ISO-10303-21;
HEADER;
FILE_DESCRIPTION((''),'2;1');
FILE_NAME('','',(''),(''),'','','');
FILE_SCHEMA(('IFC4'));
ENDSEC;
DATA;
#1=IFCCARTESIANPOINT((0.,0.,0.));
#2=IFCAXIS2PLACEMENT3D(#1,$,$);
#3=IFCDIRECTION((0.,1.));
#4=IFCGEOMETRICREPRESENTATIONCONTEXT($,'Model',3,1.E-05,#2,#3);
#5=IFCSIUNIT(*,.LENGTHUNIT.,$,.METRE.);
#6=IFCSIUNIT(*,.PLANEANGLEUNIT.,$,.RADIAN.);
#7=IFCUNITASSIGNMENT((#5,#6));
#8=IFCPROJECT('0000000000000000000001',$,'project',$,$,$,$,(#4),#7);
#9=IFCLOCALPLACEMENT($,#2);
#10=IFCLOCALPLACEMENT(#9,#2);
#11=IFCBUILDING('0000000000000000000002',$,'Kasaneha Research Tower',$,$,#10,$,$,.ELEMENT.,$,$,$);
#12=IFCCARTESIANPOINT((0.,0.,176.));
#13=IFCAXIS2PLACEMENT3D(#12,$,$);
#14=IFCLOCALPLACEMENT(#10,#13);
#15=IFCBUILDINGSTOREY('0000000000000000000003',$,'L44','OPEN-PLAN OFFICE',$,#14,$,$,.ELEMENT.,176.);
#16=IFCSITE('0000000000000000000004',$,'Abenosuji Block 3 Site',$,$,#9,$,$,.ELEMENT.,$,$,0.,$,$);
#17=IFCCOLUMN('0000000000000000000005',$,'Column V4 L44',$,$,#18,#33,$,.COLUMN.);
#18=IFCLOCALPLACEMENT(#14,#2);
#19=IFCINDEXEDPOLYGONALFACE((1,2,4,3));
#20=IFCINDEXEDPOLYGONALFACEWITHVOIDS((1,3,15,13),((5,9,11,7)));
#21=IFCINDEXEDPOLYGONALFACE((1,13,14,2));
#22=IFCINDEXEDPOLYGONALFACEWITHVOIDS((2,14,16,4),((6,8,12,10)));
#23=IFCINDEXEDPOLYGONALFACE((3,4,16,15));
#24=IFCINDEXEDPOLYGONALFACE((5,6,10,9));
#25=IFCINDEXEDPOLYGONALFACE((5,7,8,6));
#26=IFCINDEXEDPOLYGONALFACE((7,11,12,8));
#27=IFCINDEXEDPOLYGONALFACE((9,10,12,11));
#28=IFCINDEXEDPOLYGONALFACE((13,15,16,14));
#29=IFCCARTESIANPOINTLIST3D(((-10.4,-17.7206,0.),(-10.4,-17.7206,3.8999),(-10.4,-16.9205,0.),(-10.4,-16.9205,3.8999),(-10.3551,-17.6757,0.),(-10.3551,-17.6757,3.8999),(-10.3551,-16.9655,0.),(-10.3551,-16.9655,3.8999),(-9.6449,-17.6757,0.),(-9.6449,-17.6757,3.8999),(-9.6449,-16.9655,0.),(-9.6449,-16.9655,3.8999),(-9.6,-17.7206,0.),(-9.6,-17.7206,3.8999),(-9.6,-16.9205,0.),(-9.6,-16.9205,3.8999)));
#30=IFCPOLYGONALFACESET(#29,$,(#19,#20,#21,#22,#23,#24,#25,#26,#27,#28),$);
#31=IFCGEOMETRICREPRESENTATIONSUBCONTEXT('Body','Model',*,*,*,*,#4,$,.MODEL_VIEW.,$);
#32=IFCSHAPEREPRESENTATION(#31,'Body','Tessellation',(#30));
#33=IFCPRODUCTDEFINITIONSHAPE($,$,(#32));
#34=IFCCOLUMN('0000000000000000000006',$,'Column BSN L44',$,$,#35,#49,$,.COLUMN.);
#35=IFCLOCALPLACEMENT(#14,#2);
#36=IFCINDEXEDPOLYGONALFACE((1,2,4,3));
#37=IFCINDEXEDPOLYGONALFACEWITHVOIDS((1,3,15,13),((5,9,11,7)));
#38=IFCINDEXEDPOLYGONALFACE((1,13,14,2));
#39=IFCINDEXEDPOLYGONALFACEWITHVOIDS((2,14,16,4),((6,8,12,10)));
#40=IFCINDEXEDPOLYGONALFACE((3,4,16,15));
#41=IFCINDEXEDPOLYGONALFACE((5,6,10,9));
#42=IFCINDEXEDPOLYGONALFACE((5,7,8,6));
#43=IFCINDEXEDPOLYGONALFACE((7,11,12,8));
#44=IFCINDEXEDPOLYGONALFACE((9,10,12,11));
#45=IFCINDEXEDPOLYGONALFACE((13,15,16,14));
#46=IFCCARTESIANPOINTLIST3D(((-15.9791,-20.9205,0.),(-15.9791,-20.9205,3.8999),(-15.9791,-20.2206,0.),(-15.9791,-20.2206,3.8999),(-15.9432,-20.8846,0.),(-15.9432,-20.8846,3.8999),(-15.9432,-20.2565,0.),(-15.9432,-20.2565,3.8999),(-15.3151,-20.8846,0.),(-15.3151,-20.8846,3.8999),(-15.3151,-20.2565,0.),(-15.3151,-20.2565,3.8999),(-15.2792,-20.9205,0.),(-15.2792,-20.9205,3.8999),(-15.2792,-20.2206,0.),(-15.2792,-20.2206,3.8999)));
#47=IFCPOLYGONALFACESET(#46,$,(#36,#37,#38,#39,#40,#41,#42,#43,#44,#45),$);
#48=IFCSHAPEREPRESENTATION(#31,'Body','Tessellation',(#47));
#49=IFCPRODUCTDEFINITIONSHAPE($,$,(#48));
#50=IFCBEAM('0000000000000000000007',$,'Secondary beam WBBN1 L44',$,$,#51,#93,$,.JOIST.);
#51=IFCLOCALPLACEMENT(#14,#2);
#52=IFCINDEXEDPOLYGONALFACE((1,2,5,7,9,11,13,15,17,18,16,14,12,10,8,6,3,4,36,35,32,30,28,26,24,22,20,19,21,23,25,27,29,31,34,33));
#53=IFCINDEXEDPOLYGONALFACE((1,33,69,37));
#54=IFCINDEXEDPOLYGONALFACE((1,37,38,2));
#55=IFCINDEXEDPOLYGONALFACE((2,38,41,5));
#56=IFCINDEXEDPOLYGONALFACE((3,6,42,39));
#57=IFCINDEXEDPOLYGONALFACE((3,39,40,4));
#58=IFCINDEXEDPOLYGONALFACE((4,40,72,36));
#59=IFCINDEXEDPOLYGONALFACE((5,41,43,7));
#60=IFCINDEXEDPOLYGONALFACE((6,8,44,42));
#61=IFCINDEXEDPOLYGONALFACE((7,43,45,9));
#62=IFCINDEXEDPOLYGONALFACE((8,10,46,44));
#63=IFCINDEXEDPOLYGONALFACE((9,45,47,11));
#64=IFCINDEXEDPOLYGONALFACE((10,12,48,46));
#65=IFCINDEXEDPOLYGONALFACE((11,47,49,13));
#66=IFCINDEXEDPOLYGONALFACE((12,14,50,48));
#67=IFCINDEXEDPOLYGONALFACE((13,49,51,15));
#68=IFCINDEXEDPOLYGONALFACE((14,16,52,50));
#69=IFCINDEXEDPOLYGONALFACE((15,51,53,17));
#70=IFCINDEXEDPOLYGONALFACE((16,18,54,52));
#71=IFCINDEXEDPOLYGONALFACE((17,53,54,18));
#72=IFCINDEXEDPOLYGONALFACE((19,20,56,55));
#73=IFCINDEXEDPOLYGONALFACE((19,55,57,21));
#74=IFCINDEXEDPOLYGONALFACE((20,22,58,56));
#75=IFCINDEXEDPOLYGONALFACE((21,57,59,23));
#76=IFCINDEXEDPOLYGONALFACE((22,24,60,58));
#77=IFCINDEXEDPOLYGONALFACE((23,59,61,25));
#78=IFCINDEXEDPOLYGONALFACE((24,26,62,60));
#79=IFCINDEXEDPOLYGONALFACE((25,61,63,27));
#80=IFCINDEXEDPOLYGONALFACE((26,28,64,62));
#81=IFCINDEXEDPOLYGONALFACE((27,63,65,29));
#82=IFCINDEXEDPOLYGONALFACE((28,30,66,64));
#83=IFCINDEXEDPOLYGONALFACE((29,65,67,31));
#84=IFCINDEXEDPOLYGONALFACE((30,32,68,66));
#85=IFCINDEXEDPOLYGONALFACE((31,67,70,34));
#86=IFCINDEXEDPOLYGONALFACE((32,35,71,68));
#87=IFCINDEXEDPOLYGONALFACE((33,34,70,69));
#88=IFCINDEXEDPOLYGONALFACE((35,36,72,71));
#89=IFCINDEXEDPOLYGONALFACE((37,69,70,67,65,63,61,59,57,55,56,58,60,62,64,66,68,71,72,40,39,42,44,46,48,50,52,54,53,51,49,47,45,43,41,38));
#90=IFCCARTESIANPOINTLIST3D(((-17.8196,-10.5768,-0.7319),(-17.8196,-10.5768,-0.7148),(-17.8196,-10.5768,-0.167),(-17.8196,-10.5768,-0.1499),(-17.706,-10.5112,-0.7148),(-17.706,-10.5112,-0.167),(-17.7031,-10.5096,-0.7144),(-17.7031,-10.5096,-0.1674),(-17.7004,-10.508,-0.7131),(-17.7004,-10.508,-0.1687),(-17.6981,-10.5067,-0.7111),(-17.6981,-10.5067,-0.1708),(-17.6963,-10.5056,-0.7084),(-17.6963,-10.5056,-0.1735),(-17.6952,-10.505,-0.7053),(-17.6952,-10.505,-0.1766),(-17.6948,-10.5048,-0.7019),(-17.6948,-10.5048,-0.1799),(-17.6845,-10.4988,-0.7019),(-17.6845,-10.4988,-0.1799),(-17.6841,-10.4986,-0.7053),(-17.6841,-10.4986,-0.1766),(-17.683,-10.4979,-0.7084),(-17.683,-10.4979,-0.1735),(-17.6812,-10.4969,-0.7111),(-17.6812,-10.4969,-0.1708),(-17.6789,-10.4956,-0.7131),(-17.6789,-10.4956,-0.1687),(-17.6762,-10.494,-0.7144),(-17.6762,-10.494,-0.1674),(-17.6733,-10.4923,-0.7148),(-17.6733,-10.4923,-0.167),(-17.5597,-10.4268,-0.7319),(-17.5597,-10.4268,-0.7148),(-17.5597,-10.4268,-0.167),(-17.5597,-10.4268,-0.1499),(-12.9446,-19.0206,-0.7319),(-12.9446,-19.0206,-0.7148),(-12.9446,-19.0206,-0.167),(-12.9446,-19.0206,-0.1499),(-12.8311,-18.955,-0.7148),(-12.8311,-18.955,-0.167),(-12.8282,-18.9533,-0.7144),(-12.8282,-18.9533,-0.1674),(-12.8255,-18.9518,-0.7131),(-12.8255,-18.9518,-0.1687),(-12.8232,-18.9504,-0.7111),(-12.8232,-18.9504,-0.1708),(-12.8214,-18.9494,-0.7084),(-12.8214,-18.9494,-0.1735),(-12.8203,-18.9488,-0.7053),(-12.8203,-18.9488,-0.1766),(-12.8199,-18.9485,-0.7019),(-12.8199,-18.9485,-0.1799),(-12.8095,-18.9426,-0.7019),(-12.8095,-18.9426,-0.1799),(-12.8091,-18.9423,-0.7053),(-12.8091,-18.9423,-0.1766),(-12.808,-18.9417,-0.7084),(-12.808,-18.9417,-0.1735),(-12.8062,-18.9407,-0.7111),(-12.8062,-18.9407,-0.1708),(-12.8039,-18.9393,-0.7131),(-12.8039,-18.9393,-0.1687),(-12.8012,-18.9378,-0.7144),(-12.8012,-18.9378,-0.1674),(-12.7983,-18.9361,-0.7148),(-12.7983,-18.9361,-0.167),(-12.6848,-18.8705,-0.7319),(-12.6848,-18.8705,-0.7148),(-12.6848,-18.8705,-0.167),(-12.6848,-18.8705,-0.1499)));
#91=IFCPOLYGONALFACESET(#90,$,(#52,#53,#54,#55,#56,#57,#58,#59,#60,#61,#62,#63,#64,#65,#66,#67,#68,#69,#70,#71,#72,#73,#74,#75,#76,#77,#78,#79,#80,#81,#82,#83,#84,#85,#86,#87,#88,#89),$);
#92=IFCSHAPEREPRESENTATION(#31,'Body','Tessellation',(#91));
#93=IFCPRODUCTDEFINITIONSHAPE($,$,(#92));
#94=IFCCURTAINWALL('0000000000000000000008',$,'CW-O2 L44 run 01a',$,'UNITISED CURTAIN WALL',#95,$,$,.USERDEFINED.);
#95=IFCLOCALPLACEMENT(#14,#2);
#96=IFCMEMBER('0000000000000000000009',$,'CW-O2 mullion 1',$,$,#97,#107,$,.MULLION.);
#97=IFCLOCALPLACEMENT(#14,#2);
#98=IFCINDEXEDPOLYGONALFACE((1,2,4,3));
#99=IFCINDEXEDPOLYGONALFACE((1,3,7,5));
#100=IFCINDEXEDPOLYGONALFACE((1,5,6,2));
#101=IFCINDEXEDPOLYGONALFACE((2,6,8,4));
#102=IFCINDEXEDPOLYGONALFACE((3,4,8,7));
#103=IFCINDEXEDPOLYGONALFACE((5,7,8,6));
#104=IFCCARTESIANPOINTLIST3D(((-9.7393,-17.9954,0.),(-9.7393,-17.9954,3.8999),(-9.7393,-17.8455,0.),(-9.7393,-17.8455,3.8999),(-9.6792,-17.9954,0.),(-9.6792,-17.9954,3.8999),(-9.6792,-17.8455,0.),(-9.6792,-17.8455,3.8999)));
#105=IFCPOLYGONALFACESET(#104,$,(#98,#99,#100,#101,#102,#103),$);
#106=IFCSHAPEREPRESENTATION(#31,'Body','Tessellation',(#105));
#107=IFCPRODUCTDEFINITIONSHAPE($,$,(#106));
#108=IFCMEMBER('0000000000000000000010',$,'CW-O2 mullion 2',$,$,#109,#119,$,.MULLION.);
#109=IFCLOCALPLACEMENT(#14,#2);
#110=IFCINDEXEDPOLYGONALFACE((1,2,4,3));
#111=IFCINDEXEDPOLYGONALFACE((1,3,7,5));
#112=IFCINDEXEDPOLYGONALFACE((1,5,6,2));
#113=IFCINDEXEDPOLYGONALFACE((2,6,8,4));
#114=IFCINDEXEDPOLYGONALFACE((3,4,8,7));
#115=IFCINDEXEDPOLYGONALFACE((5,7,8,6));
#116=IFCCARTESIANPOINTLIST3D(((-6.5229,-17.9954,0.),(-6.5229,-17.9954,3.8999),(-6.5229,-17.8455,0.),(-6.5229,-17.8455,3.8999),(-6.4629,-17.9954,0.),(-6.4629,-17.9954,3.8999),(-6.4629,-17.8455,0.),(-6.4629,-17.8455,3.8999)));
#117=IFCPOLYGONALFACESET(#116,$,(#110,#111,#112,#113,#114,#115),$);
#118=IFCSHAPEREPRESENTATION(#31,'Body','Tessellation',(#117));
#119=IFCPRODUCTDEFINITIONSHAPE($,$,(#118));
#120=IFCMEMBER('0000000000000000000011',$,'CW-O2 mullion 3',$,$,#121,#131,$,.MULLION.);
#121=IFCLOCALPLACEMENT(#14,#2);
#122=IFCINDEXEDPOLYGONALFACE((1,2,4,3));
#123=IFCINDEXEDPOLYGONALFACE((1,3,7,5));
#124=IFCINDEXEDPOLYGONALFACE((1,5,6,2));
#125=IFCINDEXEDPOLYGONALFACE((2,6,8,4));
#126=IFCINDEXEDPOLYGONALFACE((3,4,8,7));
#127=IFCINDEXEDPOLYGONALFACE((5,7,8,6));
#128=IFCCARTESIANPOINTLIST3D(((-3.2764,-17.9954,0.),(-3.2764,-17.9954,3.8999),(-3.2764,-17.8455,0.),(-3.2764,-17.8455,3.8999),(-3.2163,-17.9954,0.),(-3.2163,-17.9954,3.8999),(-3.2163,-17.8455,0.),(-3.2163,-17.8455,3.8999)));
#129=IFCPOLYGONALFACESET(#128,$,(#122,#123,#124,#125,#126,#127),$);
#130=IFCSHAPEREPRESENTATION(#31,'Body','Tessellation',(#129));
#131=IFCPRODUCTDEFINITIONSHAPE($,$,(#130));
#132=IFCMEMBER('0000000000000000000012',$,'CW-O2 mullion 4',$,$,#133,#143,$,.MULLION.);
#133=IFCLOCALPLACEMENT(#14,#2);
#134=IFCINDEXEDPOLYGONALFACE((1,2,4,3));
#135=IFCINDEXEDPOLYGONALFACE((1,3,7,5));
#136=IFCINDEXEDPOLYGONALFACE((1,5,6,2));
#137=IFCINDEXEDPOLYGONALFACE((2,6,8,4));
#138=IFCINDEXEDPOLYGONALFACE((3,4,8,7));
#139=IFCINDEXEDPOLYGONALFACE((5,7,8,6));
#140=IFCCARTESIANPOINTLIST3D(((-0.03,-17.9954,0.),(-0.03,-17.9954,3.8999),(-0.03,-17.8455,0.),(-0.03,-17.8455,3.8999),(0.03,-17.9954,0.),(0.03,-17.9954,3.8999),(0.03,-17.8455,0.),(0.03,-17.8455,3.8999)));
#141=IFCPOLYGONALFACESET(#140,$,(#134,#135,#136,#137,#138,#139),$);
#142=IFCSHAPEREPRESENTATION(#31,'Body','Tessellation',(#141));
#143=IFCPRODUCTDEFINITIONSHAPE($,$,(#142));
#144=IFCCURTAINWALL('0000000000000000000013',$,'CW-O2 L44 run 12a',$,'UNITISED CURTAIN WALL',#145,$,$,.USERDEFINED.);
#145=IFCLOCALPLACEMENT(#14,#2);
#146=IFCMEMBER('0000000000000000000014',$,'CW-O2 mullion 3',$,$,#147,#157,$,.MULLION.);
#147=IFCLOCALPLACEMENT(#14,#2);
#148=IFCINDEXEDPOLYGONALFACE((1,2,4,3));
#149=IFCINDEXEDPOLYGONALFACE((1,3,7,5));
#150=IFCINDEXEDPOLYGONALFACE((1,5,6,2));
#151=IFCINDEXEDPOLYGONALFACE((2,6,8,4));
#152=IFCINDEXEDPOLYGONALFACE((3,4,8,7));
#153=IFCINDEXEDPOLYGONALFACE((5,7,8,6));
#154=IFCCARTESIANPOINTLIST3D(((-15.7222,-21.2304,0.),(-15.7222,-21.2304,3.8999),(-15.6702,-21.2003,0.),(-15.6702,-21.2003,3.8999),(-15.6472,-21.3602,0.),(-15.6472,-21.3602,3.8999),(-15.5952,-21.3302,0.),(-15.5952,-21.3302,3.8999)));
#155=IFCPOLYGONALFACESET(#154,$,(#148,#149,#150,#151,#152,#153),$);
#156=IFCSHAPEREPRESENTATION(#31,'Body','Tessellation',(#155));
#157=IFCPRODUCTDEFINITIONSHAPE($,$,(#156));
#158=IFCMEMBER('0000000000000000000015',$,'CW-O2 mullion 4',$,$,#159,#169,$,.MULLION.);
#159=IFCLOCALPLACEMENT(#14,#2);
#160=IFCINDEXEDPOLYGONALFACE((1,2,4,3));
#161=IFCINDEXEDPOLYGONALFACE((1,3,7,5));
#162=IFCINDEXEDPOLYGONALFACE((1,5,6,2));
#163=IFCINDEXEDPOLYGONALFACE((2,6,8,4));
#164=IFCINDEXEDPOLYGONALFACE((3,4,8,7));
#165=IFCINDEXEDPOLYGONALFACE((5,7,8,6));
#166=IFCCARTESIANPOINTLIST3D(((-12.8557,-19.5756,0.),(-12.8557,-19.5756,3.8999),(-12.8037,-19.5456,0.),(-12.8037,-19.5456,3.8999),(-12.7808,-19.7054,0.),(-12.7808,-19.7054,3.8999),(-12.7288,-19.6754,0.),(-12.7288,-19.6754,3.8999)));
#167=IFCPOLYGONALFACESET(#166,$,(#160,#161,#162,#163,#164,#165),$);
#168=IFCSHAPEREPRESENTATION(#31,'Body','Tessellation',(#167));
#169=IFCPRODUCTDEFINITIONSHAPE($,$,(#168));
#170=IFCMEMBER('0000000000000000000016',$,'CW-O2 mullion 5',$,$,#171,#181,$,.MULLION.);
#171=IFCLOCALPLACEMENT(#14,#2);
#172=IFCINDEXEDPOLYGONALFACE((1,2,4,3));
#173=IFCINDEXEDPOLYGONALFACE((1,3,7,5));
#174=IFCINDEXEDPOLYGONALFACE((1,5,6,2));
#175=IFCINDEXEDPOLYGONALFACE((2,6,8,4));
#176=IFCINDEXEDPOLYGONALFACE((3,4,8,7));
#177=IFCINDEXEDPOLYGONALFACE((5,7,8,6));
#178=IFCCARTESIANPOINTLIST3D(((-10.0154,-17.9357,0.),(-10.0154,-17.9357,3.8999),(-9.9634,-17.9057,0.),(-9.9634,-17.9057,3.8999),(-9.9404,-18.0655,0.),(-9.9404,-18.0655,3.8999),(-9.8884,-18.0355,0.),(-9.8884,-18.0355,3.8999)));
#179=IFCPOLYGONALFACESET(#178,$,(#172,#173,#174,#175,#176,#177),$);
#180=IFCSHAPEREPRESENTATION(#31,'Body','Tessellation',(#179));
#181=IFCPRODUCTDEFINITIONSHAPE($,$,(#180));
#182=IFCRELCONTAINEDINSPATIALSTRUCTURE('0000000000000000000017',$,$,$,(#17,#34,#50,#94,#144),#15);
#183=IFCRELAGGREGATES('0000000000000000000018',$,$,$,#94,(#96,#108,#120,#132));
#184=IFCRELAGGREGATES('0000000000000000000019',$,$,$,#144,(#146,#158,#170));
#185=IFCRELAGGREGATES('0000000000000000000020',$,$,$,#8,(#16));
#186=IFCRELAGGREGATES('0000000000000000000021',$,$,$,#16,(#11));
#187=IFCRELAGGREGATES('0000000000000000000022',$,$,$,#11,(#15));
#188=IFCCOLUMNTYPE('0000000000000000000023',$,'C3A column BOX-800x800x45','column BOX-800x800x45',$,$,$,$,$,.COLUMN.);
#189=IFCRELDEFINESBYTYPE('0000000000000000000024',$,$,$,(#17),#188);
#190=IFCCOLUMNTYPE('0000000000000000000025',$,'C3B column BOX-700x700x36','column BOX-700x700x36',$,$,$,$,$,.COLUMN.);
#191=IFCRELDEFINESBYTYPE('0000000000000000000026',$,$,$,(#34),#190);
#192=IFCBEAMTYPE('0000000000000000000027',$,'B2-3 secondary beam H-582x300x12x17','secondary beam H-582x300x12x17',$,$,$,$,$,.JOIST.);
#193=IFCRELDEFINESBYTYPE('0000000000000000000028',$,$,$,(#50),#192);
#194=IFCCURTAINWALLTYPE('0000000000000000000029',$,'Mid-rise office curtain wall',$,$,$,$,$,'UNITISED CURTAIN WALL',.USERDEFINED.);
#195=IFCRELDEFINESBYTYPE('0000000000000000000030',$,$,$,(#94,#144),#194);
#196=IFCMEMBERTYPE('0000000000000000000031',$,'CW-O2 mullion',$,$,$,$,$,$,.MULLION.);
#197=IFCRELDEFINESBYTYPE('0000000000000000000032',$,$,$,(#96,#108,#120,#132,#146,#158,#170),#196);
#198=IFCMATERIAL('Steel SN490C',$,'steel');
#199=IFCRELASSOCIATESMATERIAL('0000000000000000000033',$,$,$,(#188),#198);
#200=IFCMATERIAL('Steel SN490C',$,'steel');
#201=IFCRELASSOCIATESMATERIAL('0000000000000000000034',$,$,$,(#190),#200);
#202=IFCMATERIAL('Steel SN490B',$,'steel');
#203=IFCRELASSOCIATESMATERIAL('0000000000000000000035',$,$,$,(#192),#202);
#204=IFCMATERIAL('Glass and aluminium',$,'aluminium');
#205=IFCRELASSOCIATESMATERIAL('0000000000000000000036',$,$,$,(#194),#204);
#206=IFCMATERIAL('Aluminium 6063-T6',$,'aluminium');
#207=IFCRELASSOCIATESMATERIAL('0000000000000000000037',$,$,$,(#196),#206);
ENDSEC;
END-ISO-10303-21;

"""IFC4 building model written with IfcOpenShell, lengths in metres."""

from ifc_helpers import new_model, si_unit, direction, frame, origin, origin_2d, place, context, subcontext, project, spatial, rectangle, hollow_rectangle, i_section, extrude, material, material_profile, profile_set, type_object, element, aggregate, save


model = new_model("IFC4")

# Units and contexts
model_context = context("Model", 3, precision=1e-05, world=origin(), true_north=direction((0.0, 1.0)))
body_context = subcontext(model_context, "Body", "Model", "MODEL_VIEW")
ifc_project = project(units=[si_unit("LENGTHUNIT", "METRE"), si_unit("PLANEANGLEUNIT", "RADIAN")], contexts=[model_context])

# Site, building, storey
site_placement = place(None, origin())
site = spatial("IfcSite", under=ifc_project, at=site_placement, Name="Abenosuji Block 3 Site", CompositionType="ELEMENT", RefElevation=0.0)
building_placement = place(site_placement, origin())
building = spatial("IfcBuilding", under=site, at=building_placement, Name="Kasaneha Research Tower", CompositionType="ELEMENT")
storey_placement = place(building_placement, frame((0.0, 0.0, 176.0)))
storey = spatial("IfcBuildingStorey", under=building, at=storey_placement, Name="L44", Description="OPEN-PLAN OFFICE", CompositionType="ELEMENT", Elevation=176.0)

# Columns
ifc_material_1 = material(Name="Steel SN490C", Category="steel")
ifc_material_profile_1 = material_profile(ifc_material_1, hollow_rectangle(XDim=0.8, YDim=0.8, WallThickness=0.0449, at=origin_2d()), Name="BOX-800x800x45")
ifc_profile_set_1 = profile_set([ifc_material_profile_1], Name="Steel SN490C")
column_type_1 = type_object("IfcColumnType", Name="C3A column BOX-800x800x45", Description="column BOX-800x800x45", PredefinedType="COLUMN", material=ifc_profile_set_1)
column_1_placement = place(storey_placement, frame((-10.0, -17.3206, 0.0), z_axis=(0.0, 0.0, 1.0), x_axis=(1.0, 0.0, 0.0)))
element("IfcColumn", 1, at=column_1_placement, inside=storey, type_object=column_type_1, Name="Column V4 L44", PredefinedType="COLUMN", context=body_context, shape_type="SweptSolid", body=[
    extrude(hollow_rectangle(XDim=0.8, YDim=0.8, WallThickness=0.0449, at=origin_2d()), origin(), (0.0, 0.0, 1.0), 3.8999),
])
ifc_material_2 = material(Name="Steel SN490C", Category="steel")
ifc_material_profile_2 = material_profile(ifc_material_2, hollow_rectangle(XDim=0.7, YDim=0.7, WallThickness=0.0359, at=origin_2d()), Name="BOX-700x700x36")
ifc_profile_set_2 = profile_set([ifc_material_profile_2], Name="Steel SN490C")
column_type_2 = type_object("IfcColumnType", Name="C3B column BOX-700x700x36", Description="column BOX-700x700x36", PredefinedType="COLUMN", material=ifc_profile_set_2)
column_2_placement = place(storey_placement, frame((-15.6292, -20.5706, 0.0), z_axis=(0.0, 0.0, 1.0), x_axis=(1.0, 0.0, 0.0)))
element("IfcColumn", 2, at=column_2_placement, inside=storey, type_object=column_type_2, Name="Column BSN L44", PredefinedType="COLUMN", context=body_context, shape_type="SweptSolid", body=[
    extrude(hollow_rectangle(XDim=0.7, YDim=0.7, WallThickness=0.0359, at=origin_2d()), origin(), (0.0, 0.0, 1.0), 3.8999),
])

# Beam
ifc_material_3 = material(Name="Steel SN490B", Category="steel")
ifc_material_profile_3 = material_profile(ifc_material_3, i_section(OverallWidth=0.3, OverallDepth=0.582, WebThickness=0.012, FlangeThickness=0.0171, FilletRadius=0.0129, at=origin_2d()), Name="H-582x300x12x17")
ifc_profile_set_3 = profile_set([ifc_material_profile_3], Name="Steel SN490B")
beam_type_1 = type_object("IfcBeamType", Name="B2-3 secondary beam H-582x300x12x17", Description="secondary beam H-582x300x12x17", PredefinedType="JOIST", material=ifc_profile_set_3)
beam_1_placement = place(storey_placement, frame((-12.8147, -18.9456, -0.4409), z_axis=(-0.499996, 0.866028, 0.0), x_axis=(-0.866028, -0.499996, 0.0)))
element("IfcBeam", 3, at=beam_1_placement, inside=storey, type_object=beam_type_1, Name="Secondary beam WBBN1 L44", PredefinedType="JOIST", context=body_context, shape_type="SweptSolid", body=[
    extrude(i_section(OverallWidth=0.3, OverallDepth=0.582, WebThickness=0.012, FlangeThickness=0.0171, FilletRadius=0.0129, at=origin_2d()), origin(), (0.0, 0.0, 1.0), 9.75),
])

# Curtain walls, members
ifc_material_4 = material(Name="Glass and aluminium", Category="aluminium")
curtain_wall_type = type_object("IfcCurtainWallType", Name="Mid-rise office curtain wall", ElementType="UNITISED CURTAIN WALL", PredefinedType="USERDEFINED", material=ifc_material_4)
curtain_wall_1_placement = place(storey_placement, origin())
curtain_wall_1 = element("IfcCurtainWall", 4, at=curtain_wall_1_placement, inside=storey, type_object=curtain_wall_type, Name="CW-O2 L44 run 01a", ObjectType="UNITISED CURTAIN WALL", PredefinedType="USERDEFINED")
ifc_material_5 = material(Name="Aluminium 6063-T6", Category="aluminium")
ifc_material_profile_4 = material_profile(ifc_material_5, rectangle(XDim=0.0601, YDim=0.1499, at=origin_2d()), Name="CW-O2 mullion 60x150")
ifc_profile_set_4 = profile_set([ifc_material_profile_4], Name="Aluminium 6063-T6")
member_type_1 = type_object("IfcMemberType", Name="CW-O2 mullion", PredefinedType="MULLION", material=ifc_profile_set_4)
member_1_placement = place(storey_placement, frame((-9.7092, -17.9204, 0.0), z_axis=(0.0, 0.0, 1.0), x_axis=(1.0, 0.0, 0.0)))
member_1 = element("IfcMember", 5, at=member_1_placement, type_object=member_type_1, Name="CW-O2 mullion 1", PredefinedType="MULLION", context=body_context, shape_type="SweptSolid", body=[
    extrude(rectangle(XDim=0.0601, YDim=0.1499, at=origin_2d()), origin(), (0.0, 0.0, 1.0), 3.8999),
])
member_2_placement = place(storey_placement, frame((-6.4929, -17.9204, 0.0), z_axis=(0.0, 0.0, 1.0), x_axis=(1.0, 0.0, 0.0)))
member_2 = element("IfcMember", 6, at=member_2_placement, type_object=member_type_1, Name="CW-O2 mullion 2", PredefinedType="MULLION", context=body_context, shape_type="SweptSolid", body=[
    extrude(rectangle(XDim=0.0601, YDim=0.1499, at=origin_2d()), origin(), (0.0, 0.0, 1.0), 3.8999),
])
member_3_placement = place(storey_placement, frame((-3.2463, -17.9204, 0.0), z_axis=(0.0, 0.0, 1.0), x_axis=(1.0, 0.0, 0.0)))
member_3 = element("IfcMember", 7, at=member_3_placement, type_object=member_type_1, Name="CW-O2 mullion 3", PredefinedType="MULLION", context=body_context, shape_type="SweptSolid", body=[
    extrude(rectangle(XDim=0.0601, YDim=0.1499, at=origin_2d()), origin(), (0.0, 0.0, 1.0), 3.8999),
])
member_4_placement = place(storey_placement, frame((0.0, -17.9204, 0.0), z_axis=(0.0, 0.0, 1.0), x_axis=(1.0, 0.0, 0.0)))
member_4 = element("IfcMember", 8, at=member_4_placement, type_object=member_type_1, Name="CW-O2 mullion 4", PredefinedType="MULLION", context=body_context, shape_type="SweptSolid", body=[
    extrude(rectangle(XDim=0.0601, YDim=0.1499, at=origin_2d()), origin(), (0.0, 0.0, 1.0), 3.8999),
])
curtain_wall_2_placement = place(storey_placement, origin())
curtain_wall_2 = element("IfcCurtainWall", 9, at=curtain_wall_2_placement, inside=storey, type_object=curtain_wall_type, Name="CW-O2 L44 run 12a", ObjectType="UNITISED CURTAIN WALL", PredefinedType="USERDEFINED")
member_5_placement = place(storey_placement, frame((-15.6587, -21.2803, 0.0), z_axis=(0.0, 0.0, 1.0), x_axis=(0.866025, 0.5, 0.0)))
member_5 = element("IfcMember", 10, at=member_5_placement, type_object=member_type_1, Name="CW-O2 mullion 3", PredefinedType="MULLION", context=body_context, shape_type="SweptSolid", body=[
    extrude(rectangle(XDim=0.0601, YDim=0.1499, at=origin_2d()), origin(), (0.0, 0.0, 1.0), 3.8999),
])
member_6_placement = place(storey_placement, frame((-12.7922, -19.6255, 0.0), z_axis=(0.0, 0.0, 1.0), x_axis=(0.866025, 0.5, 0.0)))
member_6 = element("IfcMember", 11, at=member_6_placement, type_object=member_type_1, Name="CW-O2 mullion 4", PredefinedType="MULLION", context=body_context, shape_type="SweptSolid", body=[
    extrude(rectangle(XDim=0.0601, YDim=0.1499, at=origin_2d()), origin(), (0.0, 0.0, 1.0), 3.8999),
])
member_7_placement = place(storey_placement, frame((-9.9519, -17.9856, 0.0), z_axis=(0.0, 0.0, 1.0), x_axis=(0.866025, 0.5, 0.0)))
member_7 = element("IfcMember", 12, at=member_7_placement, type_object=member_type_1, Name="CW-O2 mullion 5", PredefinedType="MULLION", context=body_context, shape_type="SweptSolid", body=[
    extrude(rectangle(XDim=0.0601, YDim=0.1499, at=origin_2d()), origin(), (0.0, 0.0, 1.0), 3.8999),
])

aggregate(curtain_wall_1, [member_1, member_2, member_3, member_4])
aggregate(curtain_wall_2, [member_5, member_6, member_7])

save(model, "model.ifc")
